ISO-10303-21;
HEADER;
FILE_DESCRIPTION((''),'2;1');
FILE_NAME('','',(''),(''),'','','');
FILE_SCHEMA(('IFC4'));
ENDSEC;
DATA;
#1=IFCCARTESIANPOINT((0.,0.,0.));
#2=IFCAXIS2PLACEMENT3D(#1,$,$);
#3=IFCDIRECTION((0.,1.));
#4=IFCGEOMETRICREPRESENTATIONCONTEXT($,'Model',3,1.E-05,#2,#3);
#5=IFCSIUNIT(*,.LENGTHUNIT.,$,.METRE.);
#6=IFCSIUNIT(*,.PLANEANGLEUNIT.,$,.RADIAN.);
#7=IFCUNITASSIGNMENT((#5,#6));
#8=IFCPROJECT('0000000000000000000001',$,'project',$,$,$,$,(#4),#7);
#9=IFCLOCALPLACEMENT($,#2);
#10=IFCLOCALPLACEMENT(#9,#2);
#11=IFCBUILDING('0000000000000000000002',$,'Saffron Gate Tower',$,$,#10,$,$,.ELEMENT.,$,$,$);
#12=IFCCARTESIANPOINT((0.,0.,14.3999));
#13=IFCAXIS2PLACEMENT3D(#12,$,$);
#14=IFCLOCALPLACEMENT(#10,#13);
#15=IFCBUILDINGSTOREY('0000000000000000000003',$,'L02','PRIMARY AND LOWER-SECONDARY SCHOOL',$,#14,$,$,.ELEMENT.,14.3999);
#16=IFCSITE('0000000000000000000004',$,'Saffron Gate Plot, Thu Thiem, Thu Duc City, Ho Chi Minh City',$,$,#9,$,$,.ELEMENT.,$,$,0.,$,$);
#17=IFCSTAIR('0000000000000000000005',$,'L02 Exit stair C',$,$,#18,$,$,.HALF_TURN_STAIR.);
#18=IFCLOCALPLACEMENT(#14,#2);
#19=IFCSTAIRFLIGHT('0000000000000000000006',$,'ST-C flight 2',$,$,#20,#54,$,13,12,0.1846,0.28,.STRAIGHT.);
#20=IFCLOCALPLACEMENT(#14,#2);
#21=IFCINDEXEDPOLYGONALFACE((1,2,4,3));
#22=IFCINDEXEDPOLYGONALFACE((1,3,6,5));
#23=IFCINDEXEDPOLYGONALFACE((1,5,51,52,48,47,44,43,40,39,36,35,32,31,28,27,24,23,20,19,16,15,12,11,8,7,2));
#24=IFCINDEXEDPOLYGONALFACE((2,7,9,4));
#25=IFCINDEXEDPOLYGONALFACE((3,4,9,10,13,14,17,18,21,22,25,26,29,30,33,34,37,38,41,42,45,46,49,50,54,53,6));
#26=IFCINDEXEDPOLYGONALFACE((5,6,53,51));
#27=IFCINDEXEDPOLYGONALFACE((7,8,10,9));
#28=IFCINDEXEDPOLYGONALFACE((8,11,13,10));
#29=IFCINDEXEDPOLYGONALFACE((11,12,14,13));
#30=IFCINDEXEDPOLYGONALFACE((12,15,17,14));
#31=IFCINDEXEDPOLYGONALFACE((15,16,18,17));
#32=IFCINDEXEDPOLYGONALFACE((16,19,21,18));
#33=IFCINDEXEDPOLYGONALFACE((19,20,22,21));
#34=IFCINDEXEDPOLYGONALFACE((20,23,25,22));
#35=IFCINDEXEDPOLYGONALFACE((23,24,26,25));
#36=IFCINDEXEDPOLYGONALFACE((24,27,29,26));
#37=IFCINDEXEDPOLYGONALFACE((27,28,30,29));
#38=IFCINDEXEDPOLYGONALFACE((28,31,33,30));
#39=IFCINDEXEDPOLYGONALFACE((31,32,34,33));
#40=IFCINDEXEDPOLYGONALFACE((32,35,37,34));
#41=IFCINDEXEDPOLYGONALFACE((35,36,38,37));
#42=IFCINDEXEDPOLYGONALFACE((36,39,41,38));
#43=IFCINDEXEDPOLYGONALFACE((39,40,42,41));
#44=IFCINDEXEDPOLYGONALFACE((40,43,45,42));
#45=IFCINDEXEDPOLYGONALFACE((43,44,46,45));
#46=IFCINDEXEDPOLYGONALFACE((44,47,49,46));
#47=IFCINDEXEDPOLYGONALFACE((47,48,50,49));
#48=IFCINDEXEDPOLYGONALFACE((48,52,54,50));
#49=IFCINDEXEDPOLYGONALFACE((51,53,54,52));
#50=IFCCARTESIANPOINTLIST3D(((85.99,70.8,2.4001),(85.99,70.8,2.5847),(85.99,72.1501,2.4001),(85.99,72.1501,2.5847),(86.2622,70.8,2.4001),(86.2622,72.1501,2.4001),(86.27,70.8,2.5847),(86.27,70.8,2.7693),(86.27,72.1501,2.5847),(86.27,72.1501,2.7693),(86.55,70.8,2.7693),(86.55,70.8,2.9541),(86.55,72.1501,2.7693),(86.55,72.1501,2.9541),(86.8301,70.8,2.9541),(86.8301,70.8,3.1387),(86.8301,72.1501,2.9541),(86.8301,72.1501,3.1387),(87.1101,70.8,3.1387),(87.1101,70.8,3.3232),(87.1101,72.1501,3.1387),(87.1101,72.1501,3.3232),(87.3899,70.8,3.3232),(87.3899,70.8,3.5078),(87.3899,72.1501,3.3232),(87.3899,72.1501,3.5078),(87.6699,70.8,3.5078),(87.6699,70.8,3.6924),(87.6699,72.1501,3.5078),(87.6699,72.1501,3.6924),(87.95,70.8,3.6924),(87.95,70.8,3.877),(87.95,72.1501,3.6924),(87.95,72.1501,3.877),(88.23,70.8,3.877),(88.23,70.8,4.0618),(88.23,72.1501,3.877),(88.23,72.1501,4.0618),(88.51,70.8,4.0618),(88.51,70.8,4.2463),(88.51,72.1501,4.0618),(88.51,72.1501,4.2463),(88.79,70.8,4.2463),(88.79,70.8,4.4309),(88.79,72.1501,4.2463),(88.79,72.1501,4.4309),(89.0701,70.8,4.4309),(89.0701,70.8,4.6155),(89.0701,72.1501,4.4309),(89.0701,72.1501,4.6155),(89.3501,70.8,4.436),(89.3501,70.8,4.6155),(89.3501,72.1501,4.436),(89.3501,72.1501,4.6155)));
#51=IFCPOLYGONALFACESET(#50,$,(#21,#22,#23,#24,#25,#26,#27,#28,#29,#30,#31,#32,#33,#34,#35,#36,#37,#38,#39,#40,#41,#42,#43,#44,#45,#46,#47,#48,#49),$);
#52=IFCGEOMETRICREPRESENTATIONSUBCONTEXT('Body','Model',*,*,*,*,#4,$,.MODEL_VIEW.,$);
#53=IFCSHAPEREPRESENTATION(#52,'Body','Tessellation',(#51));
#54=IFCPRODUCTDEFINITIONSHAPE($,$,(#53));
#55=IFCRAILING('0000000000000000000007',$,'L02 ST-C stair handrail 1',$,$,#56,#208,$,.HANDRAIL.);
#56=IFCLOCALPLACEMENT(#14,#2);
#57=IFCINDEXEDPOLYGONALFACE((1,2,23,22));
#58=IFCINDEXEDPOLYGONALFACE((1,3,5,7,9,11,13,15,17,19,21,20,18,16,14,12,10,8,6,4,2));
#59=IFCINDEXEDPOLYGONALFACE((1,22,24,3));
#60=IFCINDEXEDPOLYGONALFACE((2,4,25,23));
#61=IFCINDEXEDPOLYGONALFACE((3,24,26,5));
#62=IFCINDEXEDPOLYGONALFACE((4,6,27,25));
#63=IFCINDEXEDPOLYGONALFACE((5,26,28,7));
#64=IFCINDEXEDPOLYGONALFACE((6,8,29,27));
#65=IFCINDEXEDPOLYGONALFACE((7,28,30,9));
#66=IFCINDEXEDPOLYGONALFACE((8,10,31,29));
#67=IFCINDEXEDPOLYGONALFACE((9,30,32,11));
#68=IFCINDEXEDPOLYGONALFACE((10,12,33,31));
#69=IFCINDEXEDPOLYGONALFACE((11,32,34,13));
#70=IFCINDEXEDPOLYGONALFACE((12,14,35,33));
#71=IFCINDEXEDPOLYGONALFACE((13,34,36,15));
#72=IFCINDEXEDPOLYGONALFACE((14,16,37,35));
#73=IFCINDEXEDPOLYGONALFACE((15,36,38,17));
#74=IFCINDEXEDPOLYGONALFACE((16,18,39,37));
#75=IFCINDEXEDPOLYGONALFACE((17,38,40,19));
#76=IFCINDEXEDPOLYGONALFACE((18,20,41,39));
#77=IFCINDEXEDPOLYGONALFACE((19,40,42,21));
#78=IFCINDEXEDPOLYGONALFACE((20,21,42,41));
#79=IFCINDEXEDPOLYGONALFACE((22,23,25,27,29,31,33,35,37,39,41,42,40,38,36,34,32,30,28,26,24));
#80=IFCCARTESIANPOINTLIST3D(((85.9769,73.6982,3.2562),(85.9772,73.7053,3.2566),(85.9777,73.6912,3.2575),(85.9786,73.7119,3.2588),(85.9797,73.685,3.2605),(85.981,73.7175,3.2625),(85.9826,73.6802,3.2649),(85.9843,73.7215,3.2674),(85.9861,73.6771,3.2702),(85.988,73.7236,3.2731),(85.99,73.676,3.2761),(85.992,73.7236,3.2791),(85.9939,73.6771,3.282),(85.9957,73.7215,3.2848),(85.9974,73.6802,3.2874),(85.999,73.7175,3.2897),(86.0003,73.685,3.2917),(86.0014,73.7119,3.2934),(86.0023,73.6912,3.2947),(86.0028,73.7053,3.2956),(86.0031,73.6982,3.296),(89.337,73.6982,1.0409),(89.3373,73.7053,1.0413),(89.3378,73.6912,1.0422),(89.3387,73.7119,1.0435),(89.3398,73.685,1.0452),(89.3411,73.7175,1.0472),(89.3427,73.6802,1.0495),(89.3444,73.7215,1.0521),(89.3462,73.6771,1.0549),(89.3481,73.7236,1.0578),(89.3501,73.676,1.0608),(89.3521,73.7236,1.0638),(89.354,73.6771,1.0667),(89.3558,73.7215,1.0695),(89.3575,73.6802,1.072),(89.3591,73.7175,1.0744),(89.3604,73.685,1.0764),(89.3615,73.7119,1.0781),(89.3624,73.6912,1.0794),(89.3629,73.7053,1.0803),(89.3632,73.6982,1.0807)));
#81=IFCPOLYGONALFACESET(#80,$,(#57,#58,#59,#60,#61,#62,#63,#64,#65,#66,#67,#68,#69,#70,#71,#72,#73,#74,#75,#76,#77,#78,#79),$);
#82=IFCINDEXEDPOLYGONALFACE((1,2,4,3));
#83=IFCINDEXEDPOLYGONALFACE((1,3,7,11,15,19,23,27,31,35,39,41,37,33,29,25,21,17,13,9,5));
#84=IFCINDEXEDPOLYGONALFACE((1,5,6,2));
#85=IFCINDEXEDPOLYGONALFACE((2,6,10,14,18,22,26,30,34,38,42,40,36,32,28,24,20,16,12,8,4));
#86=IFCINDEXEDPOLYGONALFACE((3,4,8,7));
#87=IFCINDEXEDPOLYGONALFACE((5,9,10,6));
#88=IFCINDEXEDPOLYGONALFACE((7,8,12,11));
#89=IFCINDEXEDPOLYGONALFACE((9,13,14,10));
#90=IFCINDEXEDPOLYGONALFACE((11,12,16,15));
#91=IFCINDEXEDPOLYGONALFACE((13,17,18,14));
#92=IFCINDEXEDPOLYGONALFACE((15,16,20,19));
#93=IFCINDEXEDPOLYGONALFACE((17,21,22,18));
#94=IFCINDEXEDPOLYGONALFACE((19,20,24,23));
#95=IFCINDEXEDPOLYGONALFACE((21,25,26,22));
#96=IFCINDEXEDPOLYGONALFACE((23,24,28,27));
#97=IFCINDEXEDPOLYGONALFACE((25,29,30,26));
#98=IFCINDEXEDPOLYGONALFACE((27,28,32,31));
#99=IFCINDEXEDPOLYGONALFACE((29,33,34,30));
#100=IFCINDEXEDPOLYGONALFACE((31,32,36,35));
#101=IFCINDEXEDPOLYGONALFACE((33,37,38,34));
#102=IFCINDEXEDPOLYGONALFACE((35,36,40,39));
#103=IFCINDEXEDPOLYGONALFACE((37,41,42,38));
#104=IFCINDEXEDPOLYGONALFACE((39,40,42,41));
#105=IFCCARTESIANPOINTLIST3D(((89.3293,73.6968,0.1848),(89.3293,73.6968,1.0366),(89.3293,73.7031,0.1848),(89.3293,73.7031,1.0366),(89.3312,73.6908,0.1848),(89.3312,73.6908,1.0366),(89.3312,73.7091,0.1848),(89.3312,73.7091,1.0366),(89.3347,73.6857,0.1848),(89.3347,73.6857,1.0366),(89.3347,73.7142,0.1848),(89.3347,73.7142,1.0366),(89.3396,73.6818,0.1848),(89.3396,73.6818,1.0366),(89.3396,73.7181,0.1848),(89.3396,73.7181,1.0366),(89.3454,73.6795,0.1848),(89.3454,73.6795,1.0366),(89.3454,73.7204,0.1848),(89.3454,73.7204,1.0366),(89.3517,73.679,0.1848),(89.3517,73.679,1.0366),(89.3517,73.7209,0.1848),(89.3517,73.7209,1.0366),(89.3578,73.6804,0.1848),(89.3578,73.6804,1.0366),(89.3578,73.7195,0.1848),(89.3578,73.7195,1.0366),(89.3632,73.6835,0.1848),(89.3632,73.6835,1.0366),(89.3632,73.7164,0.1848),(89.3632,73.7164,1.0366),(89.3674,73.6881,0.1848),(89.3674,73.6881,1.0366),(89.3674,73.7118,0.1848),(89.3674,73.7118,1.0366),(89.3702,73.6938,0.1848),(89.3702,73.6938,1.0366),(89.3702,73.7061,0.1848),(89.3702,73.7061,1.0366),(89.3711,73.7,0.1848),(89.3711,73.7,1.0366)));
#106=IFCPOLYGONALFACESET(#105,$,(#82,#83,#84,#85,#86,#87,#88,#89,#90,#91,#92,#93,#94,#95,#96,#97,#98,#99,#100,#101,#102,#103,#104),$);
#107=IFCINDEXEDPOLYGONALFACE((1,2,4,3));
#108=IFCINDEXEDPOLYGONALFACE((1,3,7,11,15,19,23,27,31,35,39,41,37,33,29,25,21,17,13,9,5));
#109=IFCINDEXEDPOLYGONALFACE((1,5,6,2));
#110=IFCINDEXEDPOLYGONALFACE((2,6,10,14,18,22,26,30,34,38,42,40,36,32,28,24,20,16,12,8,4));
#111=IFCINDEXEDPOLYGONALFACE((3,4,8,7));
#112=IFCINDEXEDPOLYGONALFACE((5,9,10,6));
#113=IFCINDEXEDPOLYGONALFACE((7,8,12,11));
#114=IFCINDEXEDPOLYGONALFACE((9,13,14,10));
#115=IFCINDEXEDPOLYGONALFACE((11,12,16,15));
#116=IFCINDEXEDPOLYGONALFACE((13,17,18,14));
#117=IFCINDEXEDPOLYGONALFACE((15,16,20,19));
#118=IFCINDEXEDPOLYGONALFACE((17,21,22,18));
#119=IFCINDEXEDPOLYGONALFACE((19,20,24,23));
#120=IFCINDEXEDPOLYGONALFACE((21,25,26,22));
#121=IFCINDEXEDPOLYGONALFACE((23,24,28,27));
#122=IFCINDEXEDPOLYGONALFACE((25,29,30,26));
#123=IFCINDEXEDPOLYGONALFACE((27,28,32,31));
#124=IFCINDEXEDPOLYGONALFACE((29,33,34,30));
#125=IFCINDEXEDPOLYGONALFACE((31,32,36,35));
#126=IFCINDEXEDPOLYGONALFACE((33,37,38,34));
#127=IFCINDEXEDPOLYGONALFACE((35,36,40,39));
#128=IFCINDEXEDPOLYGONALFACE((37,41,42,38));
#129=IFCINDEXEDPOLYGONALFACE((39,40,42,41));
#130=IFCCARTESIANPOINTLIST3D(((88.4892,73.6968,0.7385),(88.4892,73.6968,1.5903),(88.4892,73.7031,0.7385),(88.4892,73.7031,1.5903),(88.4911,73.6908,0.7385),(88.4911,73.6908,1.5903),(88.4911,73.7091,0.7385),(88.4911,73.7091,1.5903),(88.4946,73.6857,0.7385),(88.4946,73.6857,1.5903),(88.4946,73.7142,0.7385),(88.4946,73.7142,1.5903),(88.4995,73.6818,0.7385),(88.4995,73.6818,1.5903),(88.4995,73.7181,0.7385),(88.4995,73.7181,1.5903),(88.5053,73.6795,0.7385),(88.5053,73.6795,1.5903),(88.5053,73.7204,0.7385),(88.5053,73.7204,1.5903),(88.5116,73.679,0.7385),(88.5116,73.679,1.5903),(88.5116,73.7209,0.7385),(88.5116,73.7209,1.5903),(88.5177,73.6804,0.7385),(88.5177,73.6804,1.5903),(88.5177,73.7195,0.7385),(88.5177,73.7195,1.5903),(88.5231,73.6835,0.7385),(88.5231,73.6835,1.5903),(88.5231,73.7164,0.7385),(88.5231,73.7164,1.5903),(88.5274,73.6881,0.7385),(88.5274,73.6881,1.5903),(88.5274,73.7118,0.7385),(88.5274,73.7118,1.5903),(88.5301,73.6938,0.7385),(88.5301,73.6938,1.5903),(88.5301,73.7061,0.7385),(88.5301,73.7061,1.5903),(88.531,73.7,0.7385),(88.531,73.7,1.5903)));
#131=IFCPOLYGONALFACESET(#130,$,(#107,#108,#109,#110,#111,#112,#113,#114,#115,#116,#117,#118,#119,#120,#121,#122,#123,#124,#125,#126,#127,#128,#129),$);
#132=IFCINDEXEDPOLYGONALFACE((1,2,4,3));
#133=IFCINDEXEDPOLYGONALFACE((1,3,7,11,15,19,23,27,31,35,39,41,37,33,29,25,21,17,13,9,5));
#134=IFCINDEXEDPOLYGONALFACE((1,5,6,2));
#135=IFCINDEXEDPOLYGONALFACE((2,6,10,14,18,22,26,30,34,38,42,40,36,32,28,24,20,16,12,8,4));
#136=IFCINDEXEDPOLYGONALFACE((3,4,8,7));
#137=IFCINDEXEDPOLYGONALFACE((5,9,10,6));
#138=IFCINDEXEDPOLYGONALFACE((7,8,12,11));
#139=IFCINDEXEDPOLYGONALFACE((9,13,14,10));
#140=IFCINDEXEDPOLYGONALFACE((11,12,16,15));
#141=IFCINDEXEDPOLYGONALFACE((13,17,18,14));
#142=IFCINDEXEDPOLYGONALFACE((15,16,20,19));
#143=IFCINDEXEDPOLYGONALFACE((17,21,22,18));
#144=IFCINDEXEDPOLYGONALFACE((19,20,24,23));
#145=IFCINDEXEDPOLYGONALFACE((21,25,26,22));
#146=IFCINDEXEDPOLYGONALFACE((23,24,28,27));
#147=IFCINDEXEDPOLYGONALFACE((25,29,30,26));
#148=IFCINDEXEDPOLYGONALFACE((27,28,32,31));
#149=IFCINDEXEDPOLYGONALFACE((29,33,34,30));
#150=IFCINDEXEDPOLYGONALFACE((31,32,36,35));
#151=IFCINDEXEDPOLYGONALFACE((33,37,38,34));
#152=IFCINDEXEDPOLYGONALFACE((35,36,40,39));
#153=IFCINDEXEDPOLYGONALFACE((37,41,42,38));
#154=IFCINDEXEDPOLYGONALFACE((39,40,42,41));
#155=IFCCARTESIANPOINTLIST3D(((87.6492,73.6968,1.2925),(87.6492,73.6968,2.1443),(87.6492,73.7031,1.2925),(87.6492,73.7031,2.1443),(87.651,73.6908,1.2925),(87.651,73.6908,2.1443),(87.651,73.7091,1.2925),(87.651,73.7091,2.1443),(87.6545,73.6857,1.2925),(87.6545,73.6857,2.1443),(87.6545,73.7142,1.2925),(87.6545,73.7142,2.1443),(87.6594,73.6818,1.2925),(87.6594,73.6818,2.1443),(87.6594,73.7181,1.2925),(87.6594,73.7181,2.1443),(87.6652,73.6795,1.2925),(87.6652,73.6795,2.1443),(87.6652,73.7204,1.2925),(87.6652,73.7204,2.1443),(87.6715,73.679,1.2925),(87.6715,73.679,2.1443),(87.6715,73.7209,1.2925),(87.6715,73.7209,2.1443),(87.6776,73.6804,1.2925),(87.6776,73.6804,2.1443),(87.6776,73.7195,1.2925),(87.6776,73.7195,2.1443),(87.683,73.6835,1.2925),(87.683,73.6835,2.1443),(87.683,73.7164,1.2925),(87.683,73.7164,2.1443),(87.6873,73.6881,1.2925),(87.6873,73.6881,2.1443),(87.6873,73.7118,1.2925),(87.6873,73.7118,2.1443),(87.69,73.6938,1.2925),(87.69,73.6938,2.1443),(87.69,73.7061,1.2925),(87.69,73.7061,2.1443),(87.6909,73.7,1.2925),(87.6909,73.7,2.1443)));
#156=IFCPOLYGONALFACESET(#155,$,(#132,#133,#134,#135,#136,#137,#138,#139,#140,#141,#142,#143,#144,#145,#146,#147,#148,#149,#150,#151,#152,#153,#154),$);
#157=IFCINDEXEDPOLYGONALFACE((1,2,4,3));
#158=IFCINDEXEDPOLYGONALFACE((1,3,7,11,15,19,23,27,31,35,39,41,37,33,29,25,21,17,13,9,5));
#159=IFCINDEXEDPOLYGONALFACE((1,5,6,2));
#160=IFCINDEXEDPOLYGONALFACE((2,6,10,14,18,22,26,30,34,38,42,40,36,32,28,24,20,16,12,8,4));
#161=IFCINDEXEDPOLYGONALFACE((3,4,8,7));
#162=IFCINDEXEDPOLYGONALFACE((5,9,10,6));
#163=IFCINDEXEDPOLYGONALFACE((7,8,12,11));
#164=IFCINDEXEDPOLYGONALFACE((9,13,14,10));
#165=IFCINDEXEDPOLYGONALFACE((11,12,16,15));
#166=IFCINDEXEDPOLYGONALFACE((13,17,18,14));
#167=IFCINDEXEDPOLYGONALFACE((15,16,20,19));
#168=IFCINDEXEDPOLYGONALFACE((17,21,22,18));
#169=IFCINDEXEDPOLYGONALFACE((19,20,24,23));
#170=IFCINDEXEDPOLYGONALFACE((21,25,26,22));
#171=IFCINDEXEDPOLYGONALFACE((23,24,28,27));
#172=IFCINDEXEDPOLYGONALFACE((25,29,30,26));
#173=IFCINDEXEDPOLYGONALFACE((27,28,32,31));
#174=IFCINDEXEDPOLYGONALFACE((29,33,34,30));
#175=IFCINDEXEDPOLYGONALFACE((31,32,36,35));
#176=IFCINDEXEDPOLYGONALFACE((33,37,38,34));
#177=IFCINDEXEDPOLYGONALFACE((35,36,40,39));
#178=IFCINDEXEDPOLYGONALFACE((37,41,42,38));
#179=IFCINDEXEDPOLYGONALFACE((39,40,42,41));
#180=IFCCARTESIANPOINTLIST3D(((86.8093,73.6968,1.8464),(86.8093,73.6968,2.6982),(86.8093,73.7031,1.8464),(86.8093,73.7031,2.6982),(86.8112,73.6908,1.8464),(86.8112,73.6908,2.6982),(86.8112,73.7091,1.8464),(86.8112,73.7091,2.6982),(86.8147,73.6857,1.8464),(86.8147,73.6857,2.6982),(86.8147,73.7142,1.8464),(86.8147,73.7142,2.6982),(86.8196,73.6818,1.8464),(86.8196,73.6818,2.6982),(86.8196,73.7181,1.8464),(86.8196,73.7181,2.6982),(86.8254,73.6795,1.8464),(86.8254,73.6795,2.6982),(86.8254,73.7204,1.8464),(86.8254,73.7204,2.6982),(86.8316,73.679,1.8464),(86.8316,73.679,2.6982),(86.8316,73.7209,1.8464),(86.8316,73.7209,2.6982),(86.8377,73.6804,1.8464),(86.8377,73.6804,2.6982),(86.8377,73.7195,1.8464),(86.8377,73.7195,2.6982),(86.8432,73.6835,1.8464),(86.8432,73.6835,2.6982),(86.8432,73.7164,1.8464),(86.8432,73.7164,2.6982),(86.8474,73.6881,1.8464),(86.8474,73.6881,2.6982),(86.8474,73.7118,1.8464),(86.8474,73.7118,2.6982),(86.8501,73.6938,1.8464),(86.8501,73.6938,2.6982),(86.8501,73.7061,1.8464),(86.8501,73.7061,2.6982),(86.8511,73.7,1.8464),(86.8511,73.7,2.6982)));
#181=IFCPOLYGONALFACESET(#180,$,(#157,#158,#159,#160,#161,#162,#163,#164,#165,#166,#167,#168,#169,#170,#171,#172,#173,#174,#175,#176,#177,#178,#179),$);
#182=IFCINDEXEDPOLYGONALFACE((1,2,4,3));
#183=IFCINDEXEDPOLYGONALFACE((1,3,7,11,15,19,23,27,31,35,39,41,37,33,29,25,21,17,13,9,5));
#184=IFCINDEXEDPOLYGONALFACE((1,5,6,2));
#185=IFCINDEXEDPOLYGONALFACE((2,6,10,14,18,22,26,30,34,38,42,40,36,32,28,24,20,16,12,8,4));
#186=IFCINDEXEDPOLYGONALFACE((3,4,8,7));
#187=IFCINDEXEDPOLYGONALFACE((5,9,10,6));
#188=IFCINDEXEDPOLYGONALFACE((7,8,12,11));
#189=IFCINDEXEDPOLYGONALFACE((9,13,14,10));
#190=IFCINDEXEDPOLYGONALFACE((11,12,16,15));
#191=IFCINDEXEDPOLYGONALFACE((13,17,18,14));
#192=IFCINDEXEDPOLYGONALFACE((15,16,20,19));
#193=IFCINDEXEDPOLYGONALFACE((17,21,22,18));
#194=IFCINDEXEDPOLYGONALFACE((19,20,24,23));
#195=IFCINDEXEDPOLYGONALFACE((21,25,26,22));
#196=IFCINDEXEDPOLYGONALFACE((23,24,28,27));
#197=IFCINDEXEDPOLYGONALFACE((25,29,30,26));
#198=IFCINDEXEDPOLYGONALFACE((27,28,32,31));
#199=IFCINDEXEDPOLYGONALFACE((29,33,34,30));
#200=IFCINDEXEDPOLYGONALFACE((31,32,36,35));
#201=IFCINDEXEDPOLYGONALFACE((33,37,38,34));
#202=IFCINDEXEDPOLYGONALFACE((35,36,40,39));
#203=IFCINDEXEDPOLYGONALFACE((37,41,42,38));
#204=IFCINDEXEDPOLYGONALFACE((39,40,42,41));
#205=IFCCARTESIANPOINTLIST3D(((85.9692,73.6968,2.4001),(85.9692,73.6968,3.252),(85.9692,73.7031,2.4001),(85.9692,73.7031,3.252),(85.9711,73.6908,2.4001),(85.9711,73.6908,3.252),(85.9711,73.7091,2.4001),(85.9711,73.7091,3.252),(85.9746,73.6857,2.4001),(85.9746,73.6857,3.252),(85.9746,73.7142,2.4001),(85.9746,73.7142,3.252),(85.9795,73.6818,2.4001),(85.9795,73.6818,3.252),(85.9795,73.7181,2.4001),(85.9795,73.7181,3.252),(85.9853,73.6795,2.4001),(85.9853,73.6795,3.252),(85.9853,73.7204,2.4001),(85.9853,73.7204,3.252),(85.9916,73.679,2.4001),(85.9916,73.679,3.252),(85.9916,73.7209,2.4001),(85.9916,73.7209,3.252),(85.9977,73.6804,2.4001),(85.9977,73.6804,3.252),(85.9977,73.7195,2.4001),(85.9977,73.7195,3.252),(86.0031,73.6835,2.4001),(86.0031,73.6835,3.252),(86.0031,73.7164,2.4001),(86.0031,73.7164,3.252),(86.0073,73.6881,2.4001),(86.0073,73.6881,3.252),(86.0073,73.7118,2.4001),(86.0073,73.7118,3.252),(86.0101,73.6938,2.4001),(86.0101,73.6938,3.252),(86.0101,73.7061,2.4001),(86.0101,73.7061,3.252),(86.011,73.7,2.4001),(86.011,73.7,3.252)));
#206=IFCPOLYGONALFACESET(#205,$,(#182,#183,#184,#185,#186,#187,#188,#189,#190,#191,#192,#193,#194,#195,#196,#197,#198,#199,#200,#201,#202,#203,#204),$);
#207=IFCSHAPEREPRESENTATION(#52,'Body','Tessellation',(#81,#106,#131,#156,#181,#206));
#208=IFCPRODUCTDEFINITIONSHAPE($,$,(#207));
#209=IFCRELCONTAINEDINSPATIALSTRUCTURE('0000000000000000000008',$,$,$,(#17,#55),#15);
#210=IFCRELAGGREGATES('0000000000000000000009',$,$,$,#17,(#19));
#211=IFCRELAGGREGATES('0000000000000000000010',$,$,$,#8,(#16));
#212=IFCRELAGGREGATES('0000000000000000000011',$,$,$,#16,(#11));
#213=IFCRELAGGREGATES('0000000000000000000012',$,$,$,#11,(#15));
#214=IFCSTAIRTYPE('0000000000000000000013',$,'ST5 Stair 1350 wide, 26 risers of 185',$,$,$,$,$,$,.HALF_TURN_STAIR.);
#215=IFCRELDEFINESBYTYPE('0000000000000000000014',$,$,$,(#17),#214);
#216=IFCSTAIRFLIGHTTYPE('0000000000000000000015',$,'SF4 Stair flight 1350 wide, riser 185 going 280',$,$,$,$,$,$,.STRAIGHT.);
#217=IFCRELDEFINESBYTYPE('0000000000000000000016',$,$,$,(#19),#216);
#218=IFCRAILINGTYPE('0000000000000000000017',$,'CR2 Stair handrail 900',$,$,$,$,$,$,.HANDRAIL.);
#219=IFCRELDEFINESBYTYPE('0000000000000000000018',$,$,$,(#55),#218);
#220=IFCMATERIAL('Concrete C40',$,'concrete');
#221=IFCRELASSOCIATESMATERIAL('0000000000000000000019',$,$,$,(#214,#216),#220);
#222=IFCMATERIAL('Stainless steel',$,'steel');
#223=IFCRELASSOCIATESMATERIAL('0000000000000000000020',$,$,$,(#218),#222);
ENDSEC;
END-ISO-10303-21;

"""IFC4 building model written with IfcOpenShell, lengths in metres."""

from ifc_helpers import new_model, si_unit, direction, frame, origin, origin_2d, place, context, subcontext, project, spatial, polyline, circle, outline, extrude, material, type_object, element, aggregate, save


model = new_model("IFC4")

# Units and contexts
model_context = context("Model", 3, precision=1e-05, world=origin(), true_north=direction((0.0, 1.0)))
body_context = subcontext(model_context, "Body", "Model", "MODEL_VIEW")
ifc_project = project(units=[si_unit("LENGTHUNIT", "METRE"), si_unit("PLANEANGLEUNIT", "RADIAN")], contexts=[model_context])

# Site, building, storey
site_placement = place(None, origin())
site = spatial("IfcSite", under=ifc_project, at=site_placement, Name="Saffron Gate Plot, Thu Thiem, Thu Duc City, Ho Chi Minh City", CompositionType="ELEMENT", RefElevation=0.0)
building_placement = place(site_placement, origin())
building = spatial("IfcBuilding", under=site, at=building_placement, Name="Saffron Gate Tower", CompositionType="ELEMENT")
storey_placement = place(building_placement, frame((0.0, 0.0, 14.3999)))
storey = spatial("IfcBuildingStorey", under=building, at=storey_placement, Name="L02", Description="PRIMARY AND LOWER-SECONDARY SCHOOL", CompositionType="ELEMENT", Elevation=14.3999)

# Stair, stair flight
ifc_material_1 = material(Name="Concrete C40", Category="concrete")
stair_type = type_object("IfcStairType", Name="ST5 Stair 1350 wide, 26 risers of 185", PredefinedType="HALF_TURN_STAIR", material=ifc_material_1)
stair_placement = place(storey_placement, origin())
stair = element("IfcStair", 1, at=stair_placement, inside=storey, type_object=stair_type, Name="L02 Exit stair C", PredefinedType="HALF_TURN_STAIR")
stair_flight_type = type_object("IfcStairFlightType", Name="SF4 Stair flight 1350 wide, riser 185 going 280", PredefinedType="STRAIGHT", material=ifc_material_1)
stair_flight_1_placement = place(storey_placement, frame((85.99, 71.4751, 2.4001), z_axis=(0.0, 0.0, 1.0), x_axis=(1.0, 0.0, 0.0)))
stair_flight_1 = element("IfcStairFlight", 2, at=stair_flight_1_placement, type_object=stair_flight_type, Name="ST-C flight 2", NumberOfRisers=13, NumberOfTreads=12, PredefinedType="STRAIGHT", RiserHeight=0.1846, TreadLength=0.28, context=body_context, shape_type="SweptSolid", body=[
    extrude(outline(polyline([(0.0, 0.0), (0.0, 0.1846), (0.28, 0.1846), (0.28, 0.3691), (0.5601, 0.3691), (0.5601, 0.554), (0.8401, 0.554), (0.8401, 0.7385), (1.1201, 0.7385), (1.1201, 0.9231), (1.3999, 0.9231), (1.3999, 1.1077), (1.6799, 1.1077), (1.6799, 1.2922), (1.96, 1.2922), (1.96, 1.4768), (2.24, 1.4768), (2.24, 1.6616), (2.52, 1.6616), (2.52, 1.8462), (2.8, 1.8462), (2.8, 2.0308), (3.0801, 2.0308), (3.0801, 2.2153), (3.3601, 2.2153), (3.3601, 2.3999), (3.3601, 2.0359), (0.2722, 0.0), (0.0, 0.0)])), frame((0.0, 0.675, 0.0), z_axis=(0.0, -1.0, 0.0), x_axis=(1.0, 0.0, 0.0)), (0.0, 0.0, 1.0), 1.3501),
])
aggregate(stair, [stair_flight_1])

# Railing
ifc_material_2 = material(Name="Stainless steel", Category="steel")
railing_type_1 = type_object("IfcRailingType", Name="CR2 Stair handrail 900", PredefinedType="HANDRAIL", material=ifc_material_2)
railing_1_placement = place(storey_placement, frame((89.3501, 73.7, 0.1848)))
element("IfcRailing", 3, at=railing_1_placement, inside=storey, type_object=railing_type_1, Name="L02 ST-C stair handrail 1", PredefinedType="HANDRAIL", context=body_context, shape_type="SweptSolid", body=[
    extrude(circle(Radius=0.0239, at=origin_2d()), frame((0.0, 0.0, 0.876), z_axis=(-0.834876, 0.0, 0.550437), x_axis=(0.0, -1.0, 0.0)), (0.0, 0.0, 1.0), 4.0247),
    extrude(circle(Radius=0.021, at=origin_2d()), origin(), (0.0, 0.0, 1.0), 0.8518),
    extrude(circle(Radius=0.021, at=origin_2d()), frame((-0.8401, 0.0, 0.5537)), (0.0, 0.0, 1.0), 0.8518),
    extrude(circle(Radius=0.021, at=origin_2d()), frame((-1.6802, 0.0, 1.1077)), (0.0, 0.0, 1.0), 0.8518),
    extrude(circle(Radius=0.021, at=origin_2d()), frame((-2.52, 0.0, 1.6616)), (0.0, 0.0, 1.0), 0.8518),
    extrude(circle(Radius=0.021, at=origin_2d()), frame((-3.3601, 0.0, 2.2153)), (0.0, 0.0, 1.0), 0.8518),
])

save(model, "model.ifc")
